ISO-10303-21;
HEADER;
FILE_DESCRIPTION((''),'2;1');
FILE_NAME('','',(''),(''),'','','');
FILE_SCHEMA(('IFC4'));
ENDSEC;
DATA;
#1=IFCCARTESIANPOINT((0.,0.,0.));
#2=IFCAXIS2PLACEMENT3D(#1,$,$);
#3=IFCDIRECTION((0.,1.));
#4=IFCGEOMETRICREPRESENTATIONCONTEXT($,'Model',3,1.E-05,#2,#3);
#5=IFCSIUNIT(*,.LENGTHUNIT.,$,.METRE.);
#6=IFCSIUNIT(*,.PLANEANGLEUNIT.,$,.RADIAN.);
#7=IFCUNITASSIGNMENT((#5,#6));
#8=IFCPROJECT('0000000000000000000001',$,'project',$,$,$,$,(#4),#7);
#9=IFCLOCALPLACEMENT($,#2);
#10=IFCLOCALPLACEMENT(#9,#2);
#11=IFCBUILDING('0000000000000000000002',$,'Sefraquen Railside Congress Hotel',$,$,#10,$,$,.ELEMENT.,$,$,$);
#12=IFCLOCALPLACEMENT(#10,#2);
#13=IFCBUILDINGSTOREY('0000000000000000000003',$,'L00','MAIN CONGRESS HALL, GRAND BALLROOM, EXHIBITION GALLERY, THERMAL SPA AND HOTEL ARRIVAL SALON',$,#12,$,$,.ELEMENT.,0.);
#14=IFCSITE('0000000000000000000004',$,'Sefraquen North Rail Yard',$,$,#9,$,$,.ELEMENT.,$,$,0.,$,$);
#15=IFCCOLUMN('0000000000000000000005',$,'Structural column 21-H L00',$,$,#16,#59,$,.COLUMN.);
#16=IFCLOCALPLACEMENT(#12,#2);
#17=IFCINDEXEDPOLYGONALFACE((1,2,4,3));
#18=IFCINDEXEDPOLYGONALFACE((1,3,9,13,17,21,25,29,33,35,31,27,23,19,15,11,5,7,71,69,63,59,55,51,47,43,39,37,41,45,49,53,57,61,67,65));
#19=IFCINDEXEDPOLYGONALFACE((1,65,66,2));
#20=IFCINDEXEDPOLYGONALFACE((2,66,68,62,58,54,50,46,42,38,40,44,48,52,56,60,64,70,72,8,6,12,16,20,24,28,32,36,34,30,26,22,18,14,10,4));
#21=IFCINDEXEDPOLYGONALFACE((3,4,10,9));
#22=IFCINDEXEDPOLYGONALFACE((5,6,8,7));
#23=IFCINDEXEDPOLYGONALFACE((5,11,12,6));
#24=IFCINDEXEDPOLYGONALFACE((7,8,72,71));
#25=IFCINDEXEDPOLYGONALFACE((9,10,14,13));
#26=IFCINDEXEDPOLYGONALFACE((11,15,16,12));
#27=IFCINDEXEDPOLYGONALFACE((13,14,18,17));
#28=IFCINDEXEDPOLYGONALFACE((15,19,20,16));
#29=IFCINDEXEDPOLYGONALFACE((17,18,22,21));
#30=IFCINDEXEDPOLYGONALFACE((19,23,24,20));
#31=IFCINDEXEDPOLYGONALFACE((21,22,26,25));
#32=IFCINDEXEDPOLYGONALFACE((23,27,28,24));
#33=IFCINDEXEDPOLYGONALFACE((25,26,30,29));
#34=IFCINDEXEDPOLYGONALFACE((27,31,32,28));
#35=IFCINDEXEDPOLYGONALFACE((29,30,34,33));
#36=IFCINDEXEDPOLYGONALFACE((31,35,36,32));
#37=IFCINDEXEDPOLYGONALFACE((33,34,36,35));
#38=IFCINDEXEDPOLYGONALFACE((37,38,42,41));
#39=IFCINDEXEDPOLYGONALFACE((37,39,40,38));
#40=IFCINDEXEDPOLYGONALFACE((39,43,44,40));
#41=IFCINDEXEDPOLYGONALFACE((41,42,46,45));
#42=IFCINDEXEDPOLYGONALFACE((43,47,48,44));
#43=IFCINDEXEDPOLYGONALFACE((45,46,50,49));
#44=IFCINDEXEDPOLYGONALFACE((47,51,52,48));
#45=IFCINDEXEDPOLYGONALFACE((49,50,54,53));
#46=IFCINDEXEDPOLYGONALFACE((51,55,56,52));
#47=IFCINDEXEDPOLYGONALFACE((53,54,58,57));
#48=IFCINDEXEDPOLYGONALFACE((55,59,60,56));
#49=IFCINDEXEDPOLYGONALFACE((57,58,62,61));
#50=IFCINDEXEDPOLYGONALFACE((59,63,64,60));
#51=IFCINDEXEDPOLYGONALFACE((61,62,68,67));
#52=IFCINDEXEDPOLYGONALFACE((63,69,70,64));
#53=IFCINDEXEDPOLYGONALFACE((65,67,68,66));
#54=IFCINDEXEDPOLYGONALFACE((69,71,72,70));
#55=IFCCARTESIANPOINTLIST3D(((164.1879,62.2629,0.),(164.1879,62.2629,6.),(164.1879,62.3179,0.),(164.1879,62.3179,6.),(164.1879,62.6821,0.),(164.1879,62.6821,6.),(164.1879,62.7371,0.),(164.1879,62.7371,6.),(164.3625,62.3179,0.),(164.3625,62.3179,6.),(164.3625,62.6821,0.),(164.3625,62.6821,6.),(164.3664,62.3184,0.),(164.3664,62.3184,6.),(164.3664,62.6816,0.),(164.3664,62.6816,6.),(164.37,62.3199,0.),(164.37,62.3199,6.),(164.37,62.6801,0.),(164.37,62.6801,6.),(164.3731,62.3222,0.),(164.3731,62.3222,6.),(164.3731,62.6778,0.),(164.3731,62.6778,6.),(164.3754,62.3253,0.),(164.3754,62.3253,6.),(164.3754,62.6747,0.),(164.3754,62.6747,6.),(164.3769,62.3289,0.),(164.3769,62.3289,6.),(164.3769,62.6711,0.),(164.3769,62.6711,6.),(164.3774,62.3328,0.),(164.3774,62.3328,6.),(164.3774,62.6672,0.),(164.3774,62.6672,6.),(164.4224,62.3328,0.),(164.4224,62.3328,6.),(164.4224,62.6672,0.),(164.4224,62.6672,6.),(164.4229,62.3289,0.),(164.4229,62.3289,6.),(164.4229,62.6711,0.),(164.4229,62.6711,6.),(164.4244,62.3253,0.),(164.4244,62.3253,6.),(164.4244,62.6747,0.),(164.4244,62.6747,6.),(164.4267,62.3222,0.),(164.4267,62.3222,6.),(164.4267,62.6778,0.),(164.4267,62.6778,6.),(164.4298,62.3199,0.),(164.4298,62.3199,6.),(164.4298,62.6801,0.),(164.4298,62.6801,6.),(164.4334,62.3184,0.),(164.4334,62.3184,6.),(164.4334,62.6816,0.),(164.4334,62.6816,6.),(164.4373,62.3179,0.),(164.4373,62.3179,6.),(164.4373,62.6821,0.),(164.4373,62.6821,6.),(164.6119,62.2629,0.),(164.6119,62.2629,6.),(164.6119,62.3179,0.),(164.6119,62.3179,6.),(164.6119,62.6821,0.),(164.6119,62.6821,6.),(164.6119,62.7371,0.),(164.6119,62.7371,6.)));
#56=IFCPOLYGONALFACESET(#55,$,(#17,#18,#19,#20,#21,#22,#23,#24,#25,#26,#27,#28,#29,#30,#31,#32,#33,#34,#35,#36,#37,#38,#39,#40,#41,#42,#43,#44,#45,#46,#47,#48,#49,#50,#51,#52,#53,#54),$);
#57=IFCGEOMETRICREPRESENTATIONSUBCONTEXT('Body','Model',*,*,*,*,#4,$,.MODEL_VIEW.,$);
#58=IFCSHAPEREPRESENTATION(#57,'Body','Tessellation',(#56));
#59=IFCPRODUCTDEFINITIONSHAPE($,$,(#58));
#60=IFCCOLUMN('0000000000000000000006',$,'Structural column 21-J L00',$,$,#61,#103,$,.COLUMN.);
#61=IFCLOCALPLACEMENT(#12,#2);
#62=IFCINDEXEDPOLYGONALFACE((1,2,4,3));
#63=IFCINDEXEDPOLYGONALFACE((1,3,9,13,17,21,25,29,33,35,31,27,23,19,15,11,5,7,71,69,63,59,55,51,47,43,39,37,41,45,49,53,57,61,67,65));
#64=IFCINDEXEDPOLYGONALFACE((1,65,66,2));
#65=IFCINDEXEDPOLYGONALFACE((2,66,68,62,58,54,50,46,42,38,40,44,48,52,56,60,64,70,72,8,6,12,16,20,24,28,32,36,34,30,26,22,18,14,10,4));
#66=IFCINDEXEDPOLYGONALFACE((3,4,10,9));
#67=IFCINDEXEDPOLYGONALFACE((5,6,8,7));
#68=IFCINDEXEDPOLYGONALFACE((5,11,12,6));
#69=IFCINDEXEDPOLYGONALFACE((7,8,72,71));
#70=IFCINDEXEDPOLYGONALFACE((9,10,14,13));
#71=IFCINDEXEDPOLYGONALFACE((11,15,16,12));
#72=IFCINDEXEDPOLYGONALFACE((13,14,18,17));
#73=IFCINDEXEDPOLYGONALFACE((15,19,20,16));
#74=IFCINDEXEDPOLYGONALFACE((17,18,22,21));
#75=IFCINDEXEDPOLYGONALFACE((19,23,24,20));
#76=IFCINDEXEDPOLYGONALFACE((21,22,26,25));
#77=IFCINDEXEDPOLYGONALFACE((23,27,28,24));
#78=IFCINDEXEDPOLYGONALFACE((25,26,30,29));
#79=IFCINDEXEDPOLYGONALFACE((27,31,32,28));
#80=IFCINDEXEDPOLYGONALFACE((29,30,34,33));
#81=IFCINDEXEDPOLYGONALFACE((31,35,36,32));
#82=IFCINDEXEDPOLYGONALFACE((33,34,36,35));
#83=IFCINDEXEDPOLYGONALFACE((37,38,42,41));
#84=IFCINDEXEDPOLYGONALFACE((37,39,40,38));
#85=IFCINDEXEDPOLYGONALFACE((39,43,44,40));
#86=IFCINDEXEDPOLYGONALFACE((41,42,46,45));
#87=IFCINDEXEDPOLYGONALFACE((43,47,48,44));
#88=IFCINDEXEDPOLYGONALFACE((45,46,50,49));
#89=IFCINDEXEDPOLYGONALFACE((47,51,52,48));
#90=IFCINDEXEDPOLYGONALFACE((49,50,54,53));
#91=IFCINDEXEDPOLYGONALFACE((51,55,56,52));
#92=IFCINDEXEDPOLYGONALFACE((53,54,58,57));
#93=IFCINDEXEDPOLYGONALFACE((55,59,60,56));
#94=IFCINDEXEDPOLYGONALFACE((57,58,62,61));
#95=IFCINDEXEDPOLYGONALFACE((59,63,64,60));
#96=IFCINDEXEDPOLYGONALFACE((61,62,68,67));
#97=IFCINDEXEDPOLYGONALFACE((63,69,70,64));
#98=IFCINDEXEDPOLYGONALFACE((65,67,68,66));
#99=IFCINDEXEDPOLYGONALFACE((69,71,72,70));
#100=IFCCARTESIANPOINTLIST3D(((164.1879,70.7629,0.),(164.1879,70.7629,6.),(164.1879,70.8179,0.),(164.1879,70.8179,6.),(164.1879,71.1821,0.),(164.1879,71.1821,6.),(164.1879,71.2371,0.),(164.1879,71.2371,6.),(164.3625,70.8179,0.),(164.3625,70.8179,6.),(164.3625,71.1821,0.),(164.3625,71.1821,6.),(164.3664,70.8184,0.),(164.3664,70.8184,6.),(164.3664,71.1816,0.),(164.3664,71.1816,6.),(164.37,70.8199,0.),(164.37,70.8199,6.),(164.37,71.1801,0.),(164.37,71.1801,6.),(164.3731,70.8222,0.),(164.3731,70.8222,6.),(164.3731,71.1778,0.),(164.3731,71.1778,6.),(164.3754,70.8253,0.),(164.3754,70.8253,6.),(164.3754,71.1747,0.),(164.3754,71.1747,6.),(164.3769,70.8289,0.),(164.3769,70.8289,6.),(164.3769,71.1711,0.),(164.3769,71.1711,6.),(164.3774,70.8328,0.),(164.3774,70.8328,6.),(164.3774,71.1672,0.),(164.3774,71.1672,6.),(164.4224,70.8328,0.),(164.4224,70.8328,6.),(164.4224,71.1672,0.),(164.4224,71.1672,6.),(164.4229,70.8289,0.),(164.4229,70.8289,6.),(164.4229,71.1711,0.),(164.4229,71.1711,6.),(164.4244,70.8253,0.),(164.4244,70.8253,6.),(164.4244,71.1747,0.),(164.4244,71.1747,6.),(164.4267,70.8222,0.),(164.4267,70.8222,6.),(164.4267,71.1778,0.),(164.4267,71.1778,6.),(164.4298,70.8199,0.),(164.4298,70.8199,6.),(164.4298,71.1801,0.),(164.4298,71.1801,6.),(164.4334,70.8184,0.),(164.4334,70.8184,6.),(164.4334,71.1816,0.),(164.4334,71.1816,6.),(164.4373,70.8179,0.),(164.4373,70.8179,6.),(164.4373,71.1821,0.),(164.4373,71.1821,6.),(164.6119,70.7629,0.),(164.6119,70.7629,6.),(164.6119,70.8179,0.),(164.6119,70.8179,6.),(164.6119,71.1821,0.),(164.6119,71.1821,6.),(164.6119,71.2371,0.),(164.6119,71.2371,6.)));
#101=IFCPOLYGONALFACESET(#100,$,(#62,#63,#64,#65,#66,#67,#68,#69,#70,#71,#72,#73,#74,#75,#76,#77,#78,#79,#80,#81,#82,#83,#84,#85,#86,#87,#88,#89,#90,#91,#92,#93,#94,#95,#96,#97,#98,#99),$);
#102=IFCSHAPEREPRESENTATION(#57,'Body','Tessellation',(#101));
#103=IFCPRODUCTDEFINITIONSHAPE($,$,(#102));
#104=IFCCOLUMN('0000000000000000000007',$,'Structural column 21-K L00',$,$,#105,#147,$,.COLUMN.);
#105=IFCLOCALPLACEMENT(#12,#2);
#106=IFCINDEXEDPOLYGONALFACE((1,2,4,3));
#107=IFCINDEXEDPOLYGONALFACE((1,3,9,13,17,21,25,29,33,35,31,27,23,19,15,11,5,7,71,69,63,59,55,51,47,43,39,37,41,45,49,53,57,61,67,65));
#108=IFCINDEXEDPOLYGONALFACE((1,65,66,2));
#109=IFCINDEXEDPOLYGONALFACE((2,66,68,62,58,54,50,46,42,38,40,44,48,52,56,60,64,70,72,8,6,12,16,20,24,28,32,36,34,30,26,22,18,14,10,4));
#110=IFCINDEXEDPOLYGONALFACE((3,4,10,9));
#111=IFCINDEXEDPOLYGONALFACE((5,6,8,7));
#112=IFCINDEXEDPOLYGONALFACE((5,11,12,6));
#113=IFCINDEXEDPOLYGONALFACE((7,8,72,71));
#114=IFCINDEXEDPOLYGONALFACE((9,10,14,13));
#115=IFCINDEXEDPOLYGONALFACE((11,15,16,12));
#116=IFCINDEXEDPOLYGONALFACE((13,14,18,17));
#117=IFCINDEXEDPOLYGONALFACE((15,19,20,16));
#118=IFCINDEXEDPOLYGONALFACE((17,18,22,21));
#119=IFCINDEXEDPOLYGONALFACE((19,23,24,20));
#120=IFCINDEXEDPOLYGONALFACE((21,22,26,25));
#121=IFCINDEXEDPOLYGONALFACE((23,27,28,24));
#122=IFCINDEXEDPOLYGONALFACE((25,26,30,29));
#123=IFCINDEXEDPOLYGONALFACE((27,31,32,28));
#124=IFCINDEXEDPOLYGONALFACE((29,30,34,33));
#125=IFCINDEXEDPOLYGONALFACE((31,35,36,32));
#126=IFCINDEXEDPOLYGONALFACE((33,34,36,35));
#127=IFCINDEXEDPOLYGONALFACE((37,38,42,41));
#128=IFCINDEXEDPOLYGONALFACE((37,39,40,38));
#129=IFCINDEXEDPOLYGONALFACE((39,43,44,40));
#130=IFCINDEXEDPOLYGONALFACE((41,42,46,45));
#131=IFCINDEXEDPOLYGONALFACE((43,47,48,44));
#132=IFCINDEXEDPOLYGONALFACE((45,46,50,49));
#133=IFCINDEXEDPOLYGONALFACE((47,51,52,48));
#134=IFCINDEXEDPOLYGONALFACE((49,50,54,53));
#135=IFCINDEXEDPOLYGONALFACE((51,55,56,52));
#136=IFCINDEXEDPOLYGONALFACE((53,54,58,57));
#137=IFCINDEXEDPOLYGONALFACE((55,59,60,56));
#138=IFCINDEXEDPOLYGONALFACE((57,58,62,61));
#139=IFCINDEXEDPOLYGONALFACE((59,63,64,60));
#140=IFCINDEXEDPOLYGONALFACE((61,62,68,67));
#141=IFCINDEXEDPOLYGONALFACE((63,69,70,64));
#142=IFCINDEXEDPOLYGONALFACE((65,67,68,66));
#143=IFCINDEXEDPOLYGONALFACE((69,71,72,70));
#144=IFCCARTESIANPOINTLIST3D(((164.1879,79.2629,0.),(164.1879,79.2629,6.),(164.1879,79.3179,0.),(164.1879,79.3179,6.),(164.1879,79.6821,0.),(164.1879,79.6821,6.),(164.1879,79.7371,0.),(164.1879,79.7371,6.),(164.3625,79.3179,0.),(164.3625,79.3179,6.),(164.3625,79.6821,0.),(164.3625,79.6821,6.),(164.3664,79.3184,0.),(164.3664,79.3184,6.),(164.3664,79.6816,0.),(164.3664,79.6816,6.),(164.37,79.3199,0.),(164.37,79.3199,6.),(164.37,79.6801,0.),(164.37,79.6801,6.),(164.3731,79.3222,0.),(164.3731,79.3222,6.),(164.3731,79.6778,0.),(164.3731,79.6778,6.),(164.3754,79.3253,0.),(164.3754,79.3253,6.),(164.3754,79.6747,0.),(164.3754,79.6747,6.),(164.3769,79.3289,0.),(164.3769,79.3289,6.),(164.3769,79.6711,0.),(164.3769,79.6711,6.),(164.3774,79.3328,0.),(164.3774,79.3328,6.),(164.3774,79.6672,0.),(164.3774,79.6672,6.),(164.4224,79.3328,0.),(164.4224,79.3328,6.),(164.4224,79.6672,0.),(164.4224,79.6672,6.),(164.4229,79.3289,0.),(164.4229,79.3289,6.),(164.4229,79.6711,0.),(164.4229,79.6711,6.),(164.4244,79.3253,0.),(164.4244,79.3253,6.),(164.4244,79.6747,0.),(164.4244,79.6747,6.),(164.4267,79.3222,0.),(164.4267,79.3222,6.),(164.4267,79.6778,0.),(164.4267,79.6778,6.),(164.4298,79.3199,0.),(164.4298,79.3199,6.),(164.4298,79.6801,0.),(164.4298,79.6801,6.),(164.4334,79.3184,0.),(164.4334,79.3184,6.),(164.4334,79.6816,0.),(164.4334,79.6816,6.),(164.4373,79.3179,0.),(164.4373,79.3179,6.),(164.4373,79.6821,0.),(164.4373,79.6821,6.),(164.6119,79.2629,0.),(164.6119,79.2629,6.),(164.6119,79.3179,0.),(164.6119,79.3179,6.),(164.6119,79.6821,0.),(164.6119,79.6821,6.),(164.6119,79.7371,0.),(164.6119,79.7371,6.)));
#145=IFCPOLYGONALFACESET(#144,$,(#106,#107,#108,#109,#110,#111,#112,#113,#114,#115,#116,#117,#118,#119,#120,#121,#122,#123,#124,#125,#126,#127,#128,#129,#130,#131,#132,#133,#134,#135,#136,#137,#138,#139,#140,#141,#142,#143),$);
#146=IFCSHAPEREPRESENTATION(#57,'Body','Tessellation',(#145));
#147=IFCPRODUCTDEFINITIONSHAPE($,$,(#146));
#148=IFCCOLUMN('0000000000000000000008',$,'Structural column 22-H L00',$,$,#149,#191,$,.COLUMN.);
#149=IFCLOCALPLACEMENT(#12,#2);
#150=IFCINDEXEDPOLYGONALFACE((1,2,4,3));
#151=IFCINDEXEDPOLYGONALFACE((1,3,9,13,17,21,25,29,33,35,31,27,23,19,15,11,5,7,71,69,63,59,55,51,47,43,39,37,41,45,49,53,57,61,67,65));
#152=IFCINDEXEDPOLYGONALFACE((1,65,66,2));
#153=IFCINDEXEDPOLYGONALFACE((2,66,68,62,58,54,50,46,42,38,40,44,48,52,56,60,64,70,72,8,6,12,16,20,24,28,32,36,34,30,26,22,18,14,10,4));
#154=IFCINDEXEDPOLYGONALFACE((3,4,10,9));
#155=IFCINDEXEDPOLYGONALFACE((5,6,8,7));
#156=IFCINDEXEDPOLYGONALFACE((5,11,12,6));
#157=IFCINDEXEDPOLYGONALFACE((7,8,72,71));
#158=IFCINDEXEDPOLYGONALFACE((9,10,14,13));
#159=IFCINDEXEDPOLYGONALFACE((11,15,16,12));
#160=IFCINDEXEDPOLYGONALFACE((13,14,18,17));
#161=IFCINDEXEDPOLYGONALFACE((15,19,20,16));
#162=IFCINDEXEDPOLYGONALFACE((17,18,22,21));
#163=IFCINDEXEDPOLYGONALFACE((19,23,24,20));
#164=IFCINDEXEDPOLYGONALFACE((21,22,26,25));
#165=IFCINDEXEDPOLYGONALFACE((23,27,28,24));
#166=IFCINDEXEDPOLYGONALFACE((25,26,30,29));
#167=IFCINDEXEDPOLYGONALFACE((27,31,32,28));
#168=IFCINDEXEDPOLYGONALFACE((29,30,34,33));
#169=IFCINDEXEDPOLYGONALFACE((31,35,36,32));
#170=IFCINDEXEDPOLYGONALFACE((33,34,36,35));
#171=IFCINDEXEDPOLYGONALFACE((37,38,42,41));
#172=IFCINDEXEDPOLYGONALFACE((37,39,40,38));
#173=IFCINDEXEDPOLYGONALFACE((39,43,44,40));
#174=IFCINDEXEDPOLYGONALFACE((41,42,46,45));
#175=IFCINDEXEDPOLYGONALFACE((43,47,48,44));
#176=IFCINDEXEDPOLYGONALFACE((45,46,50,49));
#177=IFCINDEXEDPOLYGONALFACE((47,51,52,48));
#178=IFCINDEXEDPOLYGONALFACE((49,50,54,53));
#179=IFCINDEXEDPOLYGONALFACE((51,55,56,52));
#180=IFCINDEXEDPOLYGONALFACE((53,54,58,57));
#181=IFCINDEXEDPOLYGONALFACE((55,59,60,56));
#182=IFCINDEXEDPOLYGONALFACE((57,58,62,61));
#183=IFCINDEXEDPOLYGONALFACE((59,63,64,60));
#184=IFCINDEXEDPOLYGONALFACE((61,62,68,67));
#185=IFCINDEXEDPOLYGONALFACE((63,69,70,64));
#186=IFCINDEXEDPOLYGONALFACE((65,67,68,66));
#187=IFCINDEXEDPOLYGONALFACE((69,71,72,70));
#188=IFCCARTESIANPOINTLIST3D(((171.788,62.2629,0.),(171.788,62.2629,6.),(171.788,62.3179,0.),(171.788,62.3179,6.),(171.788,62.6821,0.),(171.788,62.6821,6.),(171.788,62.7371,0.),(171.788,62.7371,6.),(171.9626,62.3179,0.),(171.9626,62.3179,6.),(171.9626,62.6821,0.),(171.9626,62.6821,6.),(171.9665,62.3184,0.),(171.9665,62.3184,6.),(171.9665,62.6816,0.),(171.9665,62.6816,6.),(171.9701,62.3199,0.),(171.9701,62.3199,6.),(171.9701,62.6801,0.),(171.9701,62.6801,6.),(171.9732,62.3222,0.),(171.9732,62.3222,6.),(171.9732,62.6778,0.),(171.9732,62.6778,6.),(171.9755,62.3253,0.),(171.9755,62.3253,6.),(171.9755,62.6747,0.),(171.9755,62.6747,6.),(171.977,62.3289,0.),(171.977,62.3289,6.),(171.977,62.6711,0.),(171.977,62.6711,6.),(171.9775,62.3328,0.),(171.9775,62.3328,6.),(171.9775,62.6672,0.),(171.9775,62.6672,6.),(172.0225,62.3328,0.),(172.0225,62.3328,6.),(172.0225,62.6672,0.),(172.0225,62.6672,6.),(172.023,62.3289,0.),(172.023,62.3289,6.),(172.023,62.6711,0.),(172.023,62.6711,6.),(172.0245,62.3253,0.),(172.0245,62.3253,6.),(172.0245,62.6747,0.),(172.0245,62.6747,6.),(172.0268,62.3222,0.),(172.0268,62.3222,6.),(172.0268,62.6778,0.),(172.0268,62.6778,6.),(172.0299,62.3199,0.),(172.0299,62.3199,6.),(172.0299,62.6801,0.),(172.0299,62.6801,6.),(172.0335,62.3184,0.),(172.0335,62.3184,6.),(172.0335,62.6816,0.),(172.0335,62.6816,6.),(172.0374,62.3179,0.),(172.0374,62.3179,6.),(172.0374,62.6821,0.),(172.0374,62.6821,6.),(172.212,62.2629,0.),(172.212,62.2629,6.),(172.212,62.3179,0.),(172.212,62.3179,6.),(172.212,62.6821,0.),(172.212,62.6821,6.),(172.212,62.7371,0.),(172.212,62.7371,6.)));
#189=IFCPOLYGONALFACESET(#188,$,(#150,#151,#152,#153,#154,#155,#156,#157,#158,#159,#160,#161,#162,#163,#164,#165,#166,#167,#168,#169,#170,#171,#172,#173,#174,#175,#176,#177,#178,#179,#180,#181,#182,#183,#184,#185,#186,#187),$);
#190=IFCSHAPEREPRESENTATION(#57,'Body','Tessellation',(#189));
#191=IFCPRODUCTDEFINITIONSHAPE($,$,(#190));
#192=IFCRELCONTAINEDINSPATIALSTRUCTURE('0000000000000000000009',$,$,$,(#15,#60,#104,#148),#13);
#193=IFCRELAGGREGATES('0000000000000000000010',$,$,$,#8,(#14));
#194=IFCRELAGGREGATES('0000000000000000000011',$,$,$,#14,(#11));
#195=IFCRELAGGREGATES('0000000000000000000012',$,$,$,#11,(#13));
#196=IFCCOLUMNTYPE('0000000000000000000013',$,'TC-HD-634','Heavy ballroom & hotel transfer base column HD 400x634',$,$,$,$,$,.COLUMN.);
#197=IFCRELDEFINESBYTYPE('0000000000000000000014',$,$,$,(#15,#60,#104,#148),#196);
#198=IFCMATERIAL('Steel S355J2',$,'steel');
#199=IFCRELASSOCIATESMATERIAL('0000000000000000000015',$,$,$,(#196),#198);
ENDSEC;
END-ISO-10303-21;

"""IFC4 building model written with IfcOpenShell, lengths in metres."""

from ifc_helpers import new_model, si_unit, direction, frame, origin, origin_2d, place, context, subcontext, project, spatial, i_section, extrude, material, material_profile, profile_set, type_object, element, save


model = new_model("IFC4")

# Units and contexts
model_context = context("Model", 3, precision=1e-05, world=origin(), true_north=direction((0.0, 1.0)))
body_context = subcontext(model_context, "Body", "Model", "MODEL_VIEW")
ifc_project = project(units=[si_unit("LENGTHUNIT", "METRE"), si_unit("PLANEANGLEUNIT", "RADIAN")], contexts=[model_context])

# Site, building, storey
site_placement = place(None, origin())
site = spatial("IfcSite", under=ifc_project, at=site_placement, Name="Sefraquen North Rail Yard", CompositionType="ELEMENT", RefElevation=0.0)
building_placement = place(site_placement, origin())
building = spatial("IfcBuilding", under=site, at=building_placement, Name="Sefraquen Railside Congress Hotel", CompositionType="ELEMENT")
storey_placement = place(building_placement, origin())
storey = spatial("IfcBuildingStorey", under=building, at=storey_placement, Name="L00", Description="MAIN CONGRESS HALL, GRAND BALLROOM, EXHIBITION GALLERY, THERMAL SPA AND HOTEL ARRIVAL SALON", CompositionType="ELEMENT", Elevation=0.0)

# Columns
ifc_material_1 = material(Name="Steel S355J2", Category="steel")
ifc_material_profile_1 = material_profile(ifc_material_1, i_section(OverallWidth=0.4241, OverallDepth=0.4741, WebThickness=0.0449, FlangeThickness=0.0549, FilletRadius=0.0149, at=origin_2d()), Name="HD 400x634")
ifc_profile_set_1 = profile_set([ifc_material_profile_1], Name="Steel S355J2")
column_type = type_object("IfcColumnType", Name="TC-HD-634", Description="Heavy ballroom & hotel transfer base column HD 400x634", PredefinedType="COLUMN", material=ifc_profile_set_1)
for number, where, z_axis, x_axis, name in (
    (1, (164.3999, 62.5, 0.0), (0.0, 0.0, 1.0), (1.0, 0.0, 0.0), "Structural column 21-H L00"),
    (2, (164.3999, 71.0, 0.0), (0.0, 0.0, 1.0), (1.0, 0.0, 0.0), "Structural column 21-J L00"),
    (3, (164.3999, 79.5, 0.0), (0.0, 0.0, 1.0), (1.0, 0.0, 0.0), "Structural column 21-K L00"),
    (4, (172.0, 62.5, 0.0), (0.0, 0.0, 1.0), (1.0, 0.0, 0.0), "Structural column 22-H L00"),
):
    element("IfcColumn", number, at=place(storey_placement, frame(where, z_axis=z_axis, x_axis=x_axis)), inside=storey, type_object=column_type, Name=name, PredefinedType="COLUMN", context=body_context, shape_type="SweptSolid", body=[
        extrude(i_section(OverallWidth=0.4241, OverallDepth=0.4741, WebThickness=0.0449, FlangeThickness=0.0549, FilletRadius=0.0149, at=origin_2d()), origin(), (0.0, 0.0, 1.0), 6.0),
    ])

save(model, "model.ifc")
